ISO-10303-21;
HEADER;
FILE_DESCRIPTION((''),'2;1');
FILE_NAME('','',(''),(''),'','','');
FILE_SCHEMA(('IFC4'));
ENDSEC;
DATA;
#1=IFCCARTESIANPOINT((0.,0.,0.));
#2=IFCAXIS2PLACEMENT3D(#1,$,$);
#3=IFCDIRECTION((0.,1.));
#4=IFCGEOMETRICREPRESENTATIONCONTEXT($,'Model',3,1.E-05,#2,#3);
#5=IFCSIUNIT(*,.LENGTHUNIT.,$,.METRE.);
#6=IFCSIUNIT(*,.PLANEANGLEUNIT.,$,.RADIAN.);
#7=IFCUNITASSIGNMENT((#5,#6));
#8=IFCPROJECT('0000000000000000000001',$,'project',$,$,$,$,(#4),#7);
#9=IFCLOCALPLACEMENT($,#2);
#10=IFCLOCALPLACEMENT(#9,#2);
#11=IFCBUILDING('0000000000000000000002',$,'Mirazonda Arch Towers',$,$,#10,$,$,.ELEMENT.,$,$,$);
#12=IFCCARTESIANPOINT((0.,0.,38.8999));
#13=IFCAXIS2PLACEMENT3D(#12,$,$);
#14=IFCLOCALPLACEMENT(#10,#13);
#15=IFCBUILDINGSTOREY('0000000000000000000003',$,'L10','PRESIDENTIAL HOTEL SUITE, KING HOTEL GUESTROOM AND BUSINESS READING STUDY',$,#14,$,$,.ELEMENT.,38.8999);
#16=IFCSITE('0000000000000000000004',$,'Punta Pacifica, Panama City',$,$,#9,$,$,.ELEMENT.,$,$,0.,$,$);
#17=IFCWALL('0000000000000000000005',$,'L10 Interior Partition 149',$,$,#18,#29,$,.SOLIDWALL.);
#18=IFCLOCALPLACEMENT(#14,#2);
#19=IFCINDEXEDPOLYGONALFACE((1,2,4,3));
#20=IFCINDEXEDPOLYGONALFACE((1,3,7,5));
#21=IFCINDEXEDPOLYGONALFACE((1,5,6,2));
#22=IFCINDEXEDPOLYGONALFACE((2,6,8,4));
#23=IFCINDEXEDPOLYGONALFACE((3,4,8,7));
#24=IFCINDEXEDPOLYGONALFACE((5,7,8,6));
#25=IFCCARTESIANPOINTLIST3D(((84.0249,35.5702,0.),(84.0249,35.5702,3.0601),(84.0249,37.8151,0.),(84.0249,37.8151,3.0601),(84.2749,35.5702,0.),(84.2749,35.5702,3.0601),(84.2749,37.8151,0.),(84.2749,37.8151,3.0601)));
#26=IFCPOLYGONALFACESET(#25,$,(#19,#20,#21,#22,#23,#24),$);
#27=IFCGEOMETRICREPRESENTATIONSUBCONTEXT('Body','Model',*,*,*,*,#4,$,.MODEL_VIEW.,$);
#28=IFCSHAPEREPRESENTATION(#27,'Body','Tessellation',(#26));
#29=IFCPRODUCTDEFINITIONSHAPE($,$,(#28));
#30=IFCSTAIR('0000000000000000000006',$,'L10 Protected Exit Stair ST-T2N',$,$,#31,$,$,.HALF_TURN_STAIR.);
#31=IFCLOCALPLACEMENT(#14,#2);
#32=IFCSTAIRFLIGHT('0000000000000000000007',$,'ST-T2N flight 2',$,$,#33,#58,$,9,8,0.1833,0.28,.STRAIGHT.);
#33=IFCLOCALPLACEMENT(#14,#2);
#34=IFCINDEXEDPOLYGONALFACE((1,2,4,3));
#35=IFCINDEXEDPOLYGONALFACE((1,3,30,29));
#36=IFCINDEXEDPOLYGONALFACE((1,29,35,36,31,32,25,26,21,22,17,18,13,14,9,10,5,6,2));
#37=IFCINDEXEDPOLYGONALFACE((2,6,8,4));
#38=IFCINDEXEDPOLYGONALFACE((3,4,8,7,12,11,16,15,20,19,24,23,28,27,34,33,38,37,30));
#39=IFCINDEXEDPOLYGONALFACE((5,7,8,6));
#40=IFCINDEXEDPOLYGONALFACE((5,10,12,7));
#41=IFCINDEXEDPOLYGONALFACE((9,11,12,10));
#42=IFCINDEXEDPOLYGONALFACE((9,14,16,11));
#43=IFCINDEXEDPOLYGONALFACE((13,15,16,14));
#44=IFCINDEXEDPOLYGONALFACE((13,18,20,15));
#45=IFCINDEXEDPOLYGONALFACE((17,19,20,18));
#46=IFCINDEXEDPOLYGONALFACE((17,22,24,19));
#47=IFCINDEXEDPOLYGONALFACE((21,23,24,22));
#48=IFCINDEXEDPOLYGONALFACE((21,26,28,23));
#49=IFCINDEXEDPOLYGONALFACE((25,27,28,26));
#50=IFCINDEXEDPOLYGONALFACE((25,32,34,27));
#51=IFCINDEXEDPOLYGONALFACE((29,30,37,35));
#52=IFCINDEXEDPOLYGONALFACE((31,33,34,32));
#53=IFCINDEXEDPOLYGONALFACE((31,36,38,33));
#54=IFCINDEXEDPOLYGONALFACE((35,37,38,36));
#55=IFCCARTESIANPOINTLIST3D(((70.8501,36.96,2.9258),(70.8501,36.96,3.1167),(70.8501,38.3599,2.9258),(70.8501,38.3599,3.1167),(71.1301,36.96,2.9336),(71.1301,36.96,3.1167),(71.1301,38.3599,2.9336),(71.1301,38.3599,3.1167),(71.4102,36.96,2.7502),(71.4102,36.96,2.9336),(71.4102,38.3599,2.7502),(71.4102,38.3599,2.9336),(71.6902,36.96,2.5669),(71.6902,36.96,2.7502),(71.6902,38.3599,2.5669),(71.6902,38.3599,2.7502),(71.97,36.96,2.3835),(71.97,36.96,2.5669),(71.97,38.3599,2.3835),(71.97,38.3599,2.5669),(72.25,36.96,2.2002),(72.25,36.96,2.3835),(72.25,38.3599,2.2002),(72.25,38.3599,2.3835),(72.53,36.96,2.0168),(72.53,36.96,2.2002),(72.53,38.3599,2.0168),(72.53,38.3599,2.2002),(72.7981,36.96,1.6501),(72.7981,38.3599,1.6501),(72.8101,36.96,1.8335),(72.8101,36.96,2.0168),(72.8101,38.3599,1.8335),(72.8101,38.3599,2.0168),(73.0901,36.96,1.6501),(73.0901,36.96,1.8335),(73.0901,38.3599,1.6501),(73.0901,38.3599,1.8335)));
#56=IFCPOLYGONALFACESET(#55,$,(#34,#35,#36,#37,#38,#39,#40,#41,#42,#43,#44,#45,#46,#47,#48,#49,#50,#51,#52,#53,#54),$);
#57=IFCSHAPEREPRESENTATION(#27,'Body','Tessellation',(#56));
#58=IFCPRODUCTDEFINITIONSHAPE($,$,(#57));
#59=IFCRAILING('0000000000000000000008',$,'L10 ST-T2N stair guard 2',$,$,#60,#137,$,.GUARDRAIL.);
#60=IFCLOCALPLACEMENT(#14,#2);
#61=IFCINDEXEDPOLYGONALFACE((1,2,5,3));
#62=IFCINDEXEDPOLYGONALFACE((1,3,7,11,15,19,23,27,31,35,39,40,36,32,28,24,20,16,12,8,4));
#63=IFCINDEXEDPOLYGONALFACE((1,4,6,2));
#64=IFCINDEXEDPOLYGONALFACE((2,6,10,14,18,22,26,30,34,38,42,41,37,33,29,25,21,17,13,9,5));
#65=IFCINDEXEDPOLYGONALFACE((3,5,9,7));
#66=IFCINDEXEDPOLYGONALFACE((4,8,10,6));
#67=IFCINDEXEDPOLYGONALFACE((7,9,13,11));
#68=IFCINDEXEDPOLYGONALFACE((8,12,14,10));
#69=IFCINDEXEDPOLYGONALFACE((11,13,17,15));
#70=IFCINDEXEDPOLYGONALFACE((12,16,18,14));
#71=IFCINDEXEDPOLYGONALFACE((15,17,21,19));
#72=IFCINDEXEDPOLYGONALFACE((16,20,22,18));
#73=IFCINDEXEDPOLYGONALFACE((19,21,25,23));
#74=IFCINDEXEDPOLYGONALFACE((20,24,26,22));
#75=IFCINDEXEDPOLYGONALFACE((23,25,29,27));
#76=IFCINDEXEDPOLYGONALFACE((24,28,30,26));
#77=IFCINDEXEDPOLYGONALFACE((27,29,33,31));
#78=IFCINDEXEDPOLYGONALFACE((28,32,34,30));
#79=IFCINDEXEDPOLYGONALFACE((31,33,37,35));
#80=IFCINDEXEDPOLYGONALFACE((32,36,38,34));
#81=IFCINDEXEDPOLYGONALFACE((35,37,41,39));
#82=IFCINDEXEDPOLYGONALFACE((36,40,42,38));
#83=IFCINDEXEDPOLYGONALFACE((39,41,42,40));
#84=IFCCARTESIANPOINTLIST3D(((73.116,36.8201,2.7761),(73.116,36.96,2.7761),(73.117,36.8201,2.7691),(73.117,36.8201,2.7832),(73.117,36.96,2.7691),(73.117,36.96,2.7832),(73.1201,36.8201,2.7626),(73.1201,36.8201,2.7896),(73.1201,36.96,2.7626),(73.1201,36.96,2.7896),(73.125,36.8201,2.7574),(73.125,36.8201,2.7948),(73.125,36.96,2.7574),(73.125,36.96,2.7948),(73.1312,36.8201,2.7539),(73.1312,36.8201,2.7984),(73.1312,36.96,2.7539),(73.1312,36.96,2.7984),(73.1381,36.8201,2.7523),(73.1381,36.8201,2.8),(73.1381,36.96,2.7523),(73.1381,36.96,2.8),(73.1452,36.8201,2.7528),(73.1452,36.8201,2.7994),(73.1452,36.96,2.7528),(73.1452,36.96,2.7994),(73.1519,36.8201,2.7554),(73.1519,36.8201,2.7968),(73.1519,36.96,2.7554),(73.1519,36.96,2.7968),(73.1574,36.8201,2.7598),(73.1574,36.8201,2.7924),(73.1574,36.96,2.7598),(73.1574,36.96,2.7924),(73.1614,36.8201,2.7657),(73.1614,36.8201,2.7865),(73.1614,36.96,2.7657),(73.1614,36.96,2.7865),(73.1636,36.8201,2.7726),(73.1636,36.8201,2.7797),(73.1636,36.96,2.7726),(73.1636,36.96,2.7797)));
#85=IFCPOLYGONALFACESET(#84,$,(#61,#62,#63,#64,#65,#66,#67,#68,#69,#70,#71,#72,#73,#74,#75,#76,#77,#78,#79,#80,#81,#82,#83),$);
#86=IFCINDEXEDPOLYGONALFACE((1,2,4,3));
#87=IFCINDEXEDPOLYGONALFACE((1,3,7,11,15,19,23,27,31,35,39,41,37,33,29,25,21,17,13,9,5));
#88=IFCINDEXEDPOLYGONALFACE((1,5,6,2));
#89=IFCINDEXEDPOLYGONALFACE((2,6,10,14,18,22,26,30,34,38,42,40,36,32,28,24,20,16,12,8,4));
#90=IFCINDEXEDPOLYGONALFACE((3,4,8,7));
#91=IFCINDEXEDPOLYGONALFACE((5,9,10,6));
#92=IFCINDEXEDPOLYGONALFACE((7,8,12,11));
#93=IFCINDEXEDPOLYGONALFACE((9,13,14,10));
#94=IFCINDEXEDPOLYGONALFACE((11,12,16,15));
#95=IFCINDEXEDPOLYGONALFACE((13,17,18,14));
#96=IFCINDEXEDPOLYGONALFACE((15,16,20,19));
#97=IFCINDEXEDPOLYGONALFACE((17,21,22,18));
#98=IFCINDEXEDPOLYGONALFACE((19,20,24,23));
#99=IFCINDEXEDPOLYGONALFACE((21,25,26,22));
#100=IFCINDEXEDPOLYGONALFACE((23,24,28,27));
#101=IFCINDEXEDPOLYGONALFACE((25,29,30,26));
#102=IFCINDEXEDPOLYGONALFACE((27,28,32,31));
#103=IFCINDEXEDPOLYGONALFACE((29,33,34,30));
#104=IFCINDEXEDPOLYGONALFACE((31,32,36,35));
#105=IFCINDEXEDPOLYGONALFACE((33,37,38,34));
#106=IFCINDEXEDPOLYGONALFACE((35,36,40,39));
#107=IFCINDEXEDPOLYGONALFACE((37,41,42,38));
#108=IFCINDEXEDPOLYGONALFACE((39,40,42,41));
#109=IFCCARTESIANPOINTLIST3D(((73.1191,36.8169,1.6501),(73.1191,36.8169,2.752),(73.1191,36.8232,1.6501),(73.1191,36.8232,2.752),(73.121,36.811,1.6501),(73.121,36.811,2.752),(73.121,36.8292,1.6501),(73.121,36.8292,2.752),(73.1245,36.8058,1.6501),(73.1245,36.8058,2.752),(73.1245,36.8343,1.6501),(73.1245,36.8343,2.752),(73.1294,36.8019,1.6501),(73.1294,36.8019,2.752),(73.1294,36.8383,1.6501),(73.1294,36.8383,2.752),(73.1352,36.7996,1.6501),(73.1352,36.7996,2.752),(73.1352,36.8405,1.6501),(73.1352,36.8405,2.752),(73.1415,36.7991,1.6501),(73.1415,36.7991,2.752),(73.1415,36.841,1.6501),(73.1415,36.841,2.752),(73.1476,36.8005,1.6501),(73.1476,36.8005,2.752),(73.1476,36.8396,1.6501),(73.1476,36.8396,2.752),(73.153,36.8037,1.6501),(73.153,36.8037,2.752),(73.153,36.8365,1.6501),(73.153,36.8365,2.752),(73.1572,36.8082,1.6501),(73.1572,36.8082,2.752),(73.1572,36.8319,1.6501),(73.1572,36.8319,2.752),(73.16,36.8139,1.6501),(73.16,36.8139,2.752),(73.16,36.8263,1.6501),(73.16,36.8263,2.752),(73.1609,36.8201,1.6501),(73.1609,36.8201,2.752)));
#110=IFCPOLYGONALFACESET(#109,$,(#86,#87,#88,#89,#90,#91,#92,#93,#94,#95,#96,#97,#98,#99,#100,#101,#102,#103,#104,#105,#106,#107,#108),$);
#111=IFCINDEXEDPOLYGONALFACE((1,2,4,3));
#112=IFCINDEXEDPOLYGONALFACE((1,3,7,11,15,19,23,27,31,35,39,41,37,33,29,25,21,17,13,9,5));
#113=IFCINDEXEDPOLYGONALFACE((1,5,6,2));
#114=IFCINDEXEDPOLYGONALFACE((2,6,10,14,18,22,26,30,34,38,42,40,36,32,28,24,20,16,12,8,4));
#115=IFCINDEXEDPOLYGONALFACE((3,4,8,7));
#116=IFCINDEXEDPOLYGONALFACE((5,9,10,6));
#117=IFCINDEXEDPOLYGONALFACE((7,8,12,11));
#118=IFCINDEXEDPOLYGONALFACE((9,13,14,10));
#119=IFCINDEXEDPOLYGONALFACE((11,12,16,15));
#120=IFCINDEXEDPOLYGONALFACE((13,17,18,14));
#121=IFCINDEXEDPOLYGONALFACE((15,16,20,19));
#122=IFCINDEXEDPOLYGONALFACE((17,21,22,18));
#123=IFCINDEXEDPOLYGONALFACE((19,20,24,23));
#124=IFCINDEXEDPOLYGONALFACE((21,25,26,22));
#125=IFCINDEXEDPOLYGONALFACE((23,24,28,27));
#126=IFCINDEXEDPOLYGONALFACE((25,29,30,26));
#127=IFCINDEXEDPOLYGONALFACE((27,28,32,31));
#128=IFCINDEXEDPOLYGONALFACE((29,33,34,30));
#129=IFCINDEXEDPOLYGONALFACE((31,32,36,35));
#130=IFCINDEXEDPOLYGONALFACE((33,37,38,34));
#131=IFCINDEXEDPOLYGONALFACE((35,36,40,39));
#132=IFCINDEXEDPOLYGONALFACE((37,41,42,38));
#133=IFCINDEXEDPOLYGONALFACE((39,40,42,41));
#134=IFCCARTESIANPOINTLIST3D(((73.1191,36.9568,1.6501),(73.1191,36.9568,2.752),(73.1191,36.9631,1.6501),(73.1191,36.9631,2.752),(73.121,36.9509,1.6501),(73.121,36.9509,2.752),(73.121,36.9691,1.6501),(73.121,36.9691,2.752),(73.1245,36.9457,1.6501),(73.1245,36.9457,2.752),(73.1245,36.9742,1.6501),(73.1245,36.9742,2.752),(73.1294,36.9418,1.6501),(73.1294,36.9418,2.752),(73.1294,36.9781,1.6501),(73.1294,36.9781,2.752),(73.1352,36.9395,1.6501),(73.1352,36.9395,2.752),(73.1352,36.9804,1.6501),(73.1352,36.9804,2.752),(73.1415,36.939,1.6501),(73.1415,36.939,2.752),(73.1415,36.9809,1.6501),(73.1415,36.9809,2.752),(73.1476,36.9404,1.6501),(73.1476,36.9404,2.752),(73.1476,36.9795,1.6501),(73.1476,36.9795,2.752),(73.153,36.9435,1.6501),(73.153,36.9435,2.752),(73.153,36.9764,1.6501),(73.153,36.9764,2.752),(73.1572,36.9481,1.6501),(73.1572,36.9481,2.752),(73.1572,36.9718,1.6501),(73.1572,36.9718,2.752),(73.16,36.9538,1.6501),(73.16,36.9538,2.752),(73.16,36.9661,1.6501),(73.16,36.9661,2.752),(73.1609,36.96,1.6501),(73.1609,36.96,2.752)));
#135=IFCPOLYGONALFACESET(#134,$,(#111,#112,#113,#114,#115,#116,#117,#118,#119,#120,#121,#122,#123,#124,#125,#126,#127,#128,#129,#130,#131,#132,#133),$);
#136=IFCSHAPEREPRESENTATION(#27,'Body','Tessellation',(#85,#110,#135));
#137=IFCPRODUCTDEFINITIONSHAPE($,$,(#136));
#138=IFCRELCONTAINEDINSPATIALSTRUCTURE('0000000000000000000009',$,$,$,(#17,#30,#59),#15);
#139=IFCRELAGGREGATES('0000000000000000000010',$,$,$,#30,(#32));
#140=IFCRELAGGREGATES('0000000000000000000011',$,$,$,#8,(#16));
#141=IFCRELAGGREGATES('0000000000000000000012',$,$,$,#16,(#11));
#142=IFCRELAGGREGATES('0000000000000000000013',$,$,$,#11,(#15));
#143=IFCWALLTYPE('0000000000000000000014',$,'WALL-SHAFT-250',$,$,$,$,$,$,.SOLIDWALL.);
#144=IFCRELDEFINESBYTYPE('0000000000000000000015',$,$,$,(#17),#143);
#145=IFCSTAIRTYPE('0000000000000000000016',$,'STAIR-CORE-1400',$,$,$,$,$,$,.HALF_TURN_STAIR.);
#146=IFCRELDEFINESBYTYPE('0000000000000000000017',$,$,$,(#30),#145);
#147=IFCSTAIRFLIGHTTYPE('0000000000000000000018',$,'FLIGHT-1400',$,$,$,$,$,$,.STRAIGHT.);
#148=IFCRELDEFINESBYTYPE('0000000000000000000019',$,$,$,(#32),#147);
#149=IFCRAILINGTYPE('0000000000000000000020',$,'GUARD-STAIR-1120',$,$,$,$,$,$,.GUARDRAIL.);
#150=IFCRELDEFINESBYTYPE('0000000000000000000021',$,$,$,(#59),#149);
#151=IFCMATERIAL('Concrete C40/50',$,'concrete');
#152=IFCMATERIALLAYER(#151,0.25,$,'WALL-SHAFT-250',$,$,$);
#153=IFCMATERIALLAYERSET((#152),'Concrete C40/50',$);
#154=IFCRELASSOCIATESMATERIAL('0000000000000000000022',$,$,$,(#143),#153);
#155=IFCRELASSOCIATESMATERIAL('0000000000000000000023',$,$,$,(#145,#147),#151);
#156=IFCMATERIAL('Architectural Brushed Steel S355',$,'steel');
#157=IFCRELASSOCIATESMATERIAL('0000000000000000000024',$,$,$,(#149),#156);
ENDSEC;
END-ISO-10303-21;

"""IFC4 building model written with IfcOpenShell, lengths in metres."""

from ifc_helpers import new_model, si_unit, direction, frame, frame_2d, origin, origin_2d, place, context, subcontext, project, spatial, polyline, rectangle, circle, outline, extrude, material, layer, layer_set, type_object, element, aggregate, save


model = new_model("IFC4")

# Units and contexts
model_context = context("Model", 3, precision=1e-05, world=origin(), true_north=direction((0.0, 1.0)))
body_context = subcontext(model_context, "Body", "Model", "MODEL_VIEW")
ifc_project = project(units=[si_unit("LENGTHUNIT", "METRE"), si_unit("PLANEANGLEUNIT", "RADIAN")], contexts=[model_context])

# Site, building, storey
site_placement = place(None, origin())
site = spatial("IfcSite", under=ifc_project, at=site_placement, Name="Punta Pacifica, Panama City", CompositionType="ELEMENT", RefElevation=0.0)
building_placement = place(site_placement, origin())
building = spatial("IfcBuilding", under=site, at=building_placement, Name="Mirazonda Arch Towers", CompositionType="ELEMENT")
storey_placement = place(building_placement, frame((0.0, 0.0, 38.8999)))
storey = spatial("IfcBuildingStorey", under=building, at=storey_placement, Name="L10", Description="PRESIDENTIAL HOTEL SUITE, KING HOTEL GUESTROOM AND BUSINESS READING STUDY", CompositionType="ELEMENT", Elevation=38.8999)

# Wall
ifc_material_1 = material(Name="Concrete C40/50", Category="concrete")
ifc_layer_1 = layer(ifc_material_1, 0.25, Name="WALL-SHAFT-250")
ifc_layer_set_1 = layer_set([ifc_layer_1], Name="Concrete C40/50")
wall_type_1 = type_object("IfcWallType", Name="WALL-SHAFT-250", PredefinedType="SOLIDWALL", material=ifc_layer_set_1)
for number, where, z_axis, x_axis, name in (
    (1, (84.1499, 35.5701, 0.0), (0.0, 0.0, 1.0), (0.0, 1.0, 0.0), "L10 Interior Partition 149"),
):
    element("IfcWall", number, at=place(storey_placement, frame(where, z_axis=z_axis, x_axis=x_axis)), inside=storey, type_object=wall_type_1, Name=name, PredefinedType="SOLIDWALL", context=body_context, shape_type="SweptSolid", body=[
        extrude(rectangle(XDim=2.2449, YDim=0.25, at=frame_2d((1.1226, 0.0))), origin(), (0.0, 0.0, 1.0), 3.0601),
    ])

# Stair, stair flight
stair_type = type_object("IfcStairType", Name="STAIR-CORE-1400", PredefinedType="HALF_TURN_STAIR", material=ifc_material_1)
stair_placement = place(storey_placement, origin())
stair = element("IfcStair", 2, at=stair_placement, inside=storey, type_object=stair_type, Name="L10 Protected Exit Stair ST-T2N", PredefinedType="HALF_TURN_STAIR")
stair_flight_type = type_object("IfcStairFlightType", Name="FLIGHT-1400", PredefinedType="STRAIGHT", material=ifc_material_1)
stair_flight_placement = place(storey_placement, frame((73.0901, 37.6599, 1.6501), z_axis=(0.0, 0.0, 1.0), x_axis=(-1.0, 0.0, 0.0)))
stair_flight = element("IfcStairFlight", 3, at=stair_flight_placement, type_object=stair_flight_type, Name="ST-T2N flight 2", NumberOfRisers=9, NumberOfTreads=8, PredefinedType="STRAIGHT", RiserHeight=0.1833, TreadLength=0.28, context=body_context, shape_type="SweptSolid", body=[
    extrude(outline(polyline([(0.0, 0.0), (0.0, 0.1833), (0.28, 0.1833), (0.28, 0.3667), (0.5601, 0.3667), (0.5601, 0.55), (0.8401, 0.55), (0.8401, 0.7334), (1.1201, 0.7334), (1.1201, 0.9167), (1.3999, 0.9167), (1.3999, 1.1001), (1.6799, 1.1001), (1.6799, 1.2834), (1.96, 1.2834), (1.96, 1.4666), (2.24, 1.4666), (2.24, 1.6499), (2.24, 1.2756), (0.292, 0.0), (0.0, 0.0)])), frame((0.0, 0.7, 0.0), z_axis=(0.0, -1.0, 0.0), x_axis=(1.0, 0.0, 0.0)), (0.0, 0.0, 1.0), 1.3999),
])
aggregate(stair, [stair_flight])

# Railing
ifc_material_2 = material(Name="Architectural Brushed Steel S355", Category="steel")
railing_type_1 = type_object("IfcRailingType", Name="GUARD-STAIR-1120", PredefinedType="GUARDRAIL", material=ifc_material_2)
railing_1_placement = place(storey_placement, frame((73.1399, 36.8201, 1.6501)))
element("IfcRailing", 4, at=railing_1_placement, inside=storey, type_object=railing_type_1, Name="L10 ST-T2N stair guard 2", PredefinedType="GUARDRAIL", context=body_context, shape_type="SweptSolid", body=[
    extrude(circle(Radius=0.0239, at=origin_2d()), frame((0.0, 0.0, 1.126), z_axis=(0.0, 1.0, 0.0), x_axis=(-1.0, 0.0, 0.0)), (0.0, 0.0, 1.0), 0.1399),
    extrude(circle(Radius=0.021, at=origin_2d()), origin(), (0.0, 0.0, 1.0), 1.1018),
    extrude(circle(Radius=0.021, at=origin_2d()), frame((0.0, 0.1399, 0.0)), (0.0, 0.0, 1.0), 1.1018),
])

save(model, "model.ifc")
